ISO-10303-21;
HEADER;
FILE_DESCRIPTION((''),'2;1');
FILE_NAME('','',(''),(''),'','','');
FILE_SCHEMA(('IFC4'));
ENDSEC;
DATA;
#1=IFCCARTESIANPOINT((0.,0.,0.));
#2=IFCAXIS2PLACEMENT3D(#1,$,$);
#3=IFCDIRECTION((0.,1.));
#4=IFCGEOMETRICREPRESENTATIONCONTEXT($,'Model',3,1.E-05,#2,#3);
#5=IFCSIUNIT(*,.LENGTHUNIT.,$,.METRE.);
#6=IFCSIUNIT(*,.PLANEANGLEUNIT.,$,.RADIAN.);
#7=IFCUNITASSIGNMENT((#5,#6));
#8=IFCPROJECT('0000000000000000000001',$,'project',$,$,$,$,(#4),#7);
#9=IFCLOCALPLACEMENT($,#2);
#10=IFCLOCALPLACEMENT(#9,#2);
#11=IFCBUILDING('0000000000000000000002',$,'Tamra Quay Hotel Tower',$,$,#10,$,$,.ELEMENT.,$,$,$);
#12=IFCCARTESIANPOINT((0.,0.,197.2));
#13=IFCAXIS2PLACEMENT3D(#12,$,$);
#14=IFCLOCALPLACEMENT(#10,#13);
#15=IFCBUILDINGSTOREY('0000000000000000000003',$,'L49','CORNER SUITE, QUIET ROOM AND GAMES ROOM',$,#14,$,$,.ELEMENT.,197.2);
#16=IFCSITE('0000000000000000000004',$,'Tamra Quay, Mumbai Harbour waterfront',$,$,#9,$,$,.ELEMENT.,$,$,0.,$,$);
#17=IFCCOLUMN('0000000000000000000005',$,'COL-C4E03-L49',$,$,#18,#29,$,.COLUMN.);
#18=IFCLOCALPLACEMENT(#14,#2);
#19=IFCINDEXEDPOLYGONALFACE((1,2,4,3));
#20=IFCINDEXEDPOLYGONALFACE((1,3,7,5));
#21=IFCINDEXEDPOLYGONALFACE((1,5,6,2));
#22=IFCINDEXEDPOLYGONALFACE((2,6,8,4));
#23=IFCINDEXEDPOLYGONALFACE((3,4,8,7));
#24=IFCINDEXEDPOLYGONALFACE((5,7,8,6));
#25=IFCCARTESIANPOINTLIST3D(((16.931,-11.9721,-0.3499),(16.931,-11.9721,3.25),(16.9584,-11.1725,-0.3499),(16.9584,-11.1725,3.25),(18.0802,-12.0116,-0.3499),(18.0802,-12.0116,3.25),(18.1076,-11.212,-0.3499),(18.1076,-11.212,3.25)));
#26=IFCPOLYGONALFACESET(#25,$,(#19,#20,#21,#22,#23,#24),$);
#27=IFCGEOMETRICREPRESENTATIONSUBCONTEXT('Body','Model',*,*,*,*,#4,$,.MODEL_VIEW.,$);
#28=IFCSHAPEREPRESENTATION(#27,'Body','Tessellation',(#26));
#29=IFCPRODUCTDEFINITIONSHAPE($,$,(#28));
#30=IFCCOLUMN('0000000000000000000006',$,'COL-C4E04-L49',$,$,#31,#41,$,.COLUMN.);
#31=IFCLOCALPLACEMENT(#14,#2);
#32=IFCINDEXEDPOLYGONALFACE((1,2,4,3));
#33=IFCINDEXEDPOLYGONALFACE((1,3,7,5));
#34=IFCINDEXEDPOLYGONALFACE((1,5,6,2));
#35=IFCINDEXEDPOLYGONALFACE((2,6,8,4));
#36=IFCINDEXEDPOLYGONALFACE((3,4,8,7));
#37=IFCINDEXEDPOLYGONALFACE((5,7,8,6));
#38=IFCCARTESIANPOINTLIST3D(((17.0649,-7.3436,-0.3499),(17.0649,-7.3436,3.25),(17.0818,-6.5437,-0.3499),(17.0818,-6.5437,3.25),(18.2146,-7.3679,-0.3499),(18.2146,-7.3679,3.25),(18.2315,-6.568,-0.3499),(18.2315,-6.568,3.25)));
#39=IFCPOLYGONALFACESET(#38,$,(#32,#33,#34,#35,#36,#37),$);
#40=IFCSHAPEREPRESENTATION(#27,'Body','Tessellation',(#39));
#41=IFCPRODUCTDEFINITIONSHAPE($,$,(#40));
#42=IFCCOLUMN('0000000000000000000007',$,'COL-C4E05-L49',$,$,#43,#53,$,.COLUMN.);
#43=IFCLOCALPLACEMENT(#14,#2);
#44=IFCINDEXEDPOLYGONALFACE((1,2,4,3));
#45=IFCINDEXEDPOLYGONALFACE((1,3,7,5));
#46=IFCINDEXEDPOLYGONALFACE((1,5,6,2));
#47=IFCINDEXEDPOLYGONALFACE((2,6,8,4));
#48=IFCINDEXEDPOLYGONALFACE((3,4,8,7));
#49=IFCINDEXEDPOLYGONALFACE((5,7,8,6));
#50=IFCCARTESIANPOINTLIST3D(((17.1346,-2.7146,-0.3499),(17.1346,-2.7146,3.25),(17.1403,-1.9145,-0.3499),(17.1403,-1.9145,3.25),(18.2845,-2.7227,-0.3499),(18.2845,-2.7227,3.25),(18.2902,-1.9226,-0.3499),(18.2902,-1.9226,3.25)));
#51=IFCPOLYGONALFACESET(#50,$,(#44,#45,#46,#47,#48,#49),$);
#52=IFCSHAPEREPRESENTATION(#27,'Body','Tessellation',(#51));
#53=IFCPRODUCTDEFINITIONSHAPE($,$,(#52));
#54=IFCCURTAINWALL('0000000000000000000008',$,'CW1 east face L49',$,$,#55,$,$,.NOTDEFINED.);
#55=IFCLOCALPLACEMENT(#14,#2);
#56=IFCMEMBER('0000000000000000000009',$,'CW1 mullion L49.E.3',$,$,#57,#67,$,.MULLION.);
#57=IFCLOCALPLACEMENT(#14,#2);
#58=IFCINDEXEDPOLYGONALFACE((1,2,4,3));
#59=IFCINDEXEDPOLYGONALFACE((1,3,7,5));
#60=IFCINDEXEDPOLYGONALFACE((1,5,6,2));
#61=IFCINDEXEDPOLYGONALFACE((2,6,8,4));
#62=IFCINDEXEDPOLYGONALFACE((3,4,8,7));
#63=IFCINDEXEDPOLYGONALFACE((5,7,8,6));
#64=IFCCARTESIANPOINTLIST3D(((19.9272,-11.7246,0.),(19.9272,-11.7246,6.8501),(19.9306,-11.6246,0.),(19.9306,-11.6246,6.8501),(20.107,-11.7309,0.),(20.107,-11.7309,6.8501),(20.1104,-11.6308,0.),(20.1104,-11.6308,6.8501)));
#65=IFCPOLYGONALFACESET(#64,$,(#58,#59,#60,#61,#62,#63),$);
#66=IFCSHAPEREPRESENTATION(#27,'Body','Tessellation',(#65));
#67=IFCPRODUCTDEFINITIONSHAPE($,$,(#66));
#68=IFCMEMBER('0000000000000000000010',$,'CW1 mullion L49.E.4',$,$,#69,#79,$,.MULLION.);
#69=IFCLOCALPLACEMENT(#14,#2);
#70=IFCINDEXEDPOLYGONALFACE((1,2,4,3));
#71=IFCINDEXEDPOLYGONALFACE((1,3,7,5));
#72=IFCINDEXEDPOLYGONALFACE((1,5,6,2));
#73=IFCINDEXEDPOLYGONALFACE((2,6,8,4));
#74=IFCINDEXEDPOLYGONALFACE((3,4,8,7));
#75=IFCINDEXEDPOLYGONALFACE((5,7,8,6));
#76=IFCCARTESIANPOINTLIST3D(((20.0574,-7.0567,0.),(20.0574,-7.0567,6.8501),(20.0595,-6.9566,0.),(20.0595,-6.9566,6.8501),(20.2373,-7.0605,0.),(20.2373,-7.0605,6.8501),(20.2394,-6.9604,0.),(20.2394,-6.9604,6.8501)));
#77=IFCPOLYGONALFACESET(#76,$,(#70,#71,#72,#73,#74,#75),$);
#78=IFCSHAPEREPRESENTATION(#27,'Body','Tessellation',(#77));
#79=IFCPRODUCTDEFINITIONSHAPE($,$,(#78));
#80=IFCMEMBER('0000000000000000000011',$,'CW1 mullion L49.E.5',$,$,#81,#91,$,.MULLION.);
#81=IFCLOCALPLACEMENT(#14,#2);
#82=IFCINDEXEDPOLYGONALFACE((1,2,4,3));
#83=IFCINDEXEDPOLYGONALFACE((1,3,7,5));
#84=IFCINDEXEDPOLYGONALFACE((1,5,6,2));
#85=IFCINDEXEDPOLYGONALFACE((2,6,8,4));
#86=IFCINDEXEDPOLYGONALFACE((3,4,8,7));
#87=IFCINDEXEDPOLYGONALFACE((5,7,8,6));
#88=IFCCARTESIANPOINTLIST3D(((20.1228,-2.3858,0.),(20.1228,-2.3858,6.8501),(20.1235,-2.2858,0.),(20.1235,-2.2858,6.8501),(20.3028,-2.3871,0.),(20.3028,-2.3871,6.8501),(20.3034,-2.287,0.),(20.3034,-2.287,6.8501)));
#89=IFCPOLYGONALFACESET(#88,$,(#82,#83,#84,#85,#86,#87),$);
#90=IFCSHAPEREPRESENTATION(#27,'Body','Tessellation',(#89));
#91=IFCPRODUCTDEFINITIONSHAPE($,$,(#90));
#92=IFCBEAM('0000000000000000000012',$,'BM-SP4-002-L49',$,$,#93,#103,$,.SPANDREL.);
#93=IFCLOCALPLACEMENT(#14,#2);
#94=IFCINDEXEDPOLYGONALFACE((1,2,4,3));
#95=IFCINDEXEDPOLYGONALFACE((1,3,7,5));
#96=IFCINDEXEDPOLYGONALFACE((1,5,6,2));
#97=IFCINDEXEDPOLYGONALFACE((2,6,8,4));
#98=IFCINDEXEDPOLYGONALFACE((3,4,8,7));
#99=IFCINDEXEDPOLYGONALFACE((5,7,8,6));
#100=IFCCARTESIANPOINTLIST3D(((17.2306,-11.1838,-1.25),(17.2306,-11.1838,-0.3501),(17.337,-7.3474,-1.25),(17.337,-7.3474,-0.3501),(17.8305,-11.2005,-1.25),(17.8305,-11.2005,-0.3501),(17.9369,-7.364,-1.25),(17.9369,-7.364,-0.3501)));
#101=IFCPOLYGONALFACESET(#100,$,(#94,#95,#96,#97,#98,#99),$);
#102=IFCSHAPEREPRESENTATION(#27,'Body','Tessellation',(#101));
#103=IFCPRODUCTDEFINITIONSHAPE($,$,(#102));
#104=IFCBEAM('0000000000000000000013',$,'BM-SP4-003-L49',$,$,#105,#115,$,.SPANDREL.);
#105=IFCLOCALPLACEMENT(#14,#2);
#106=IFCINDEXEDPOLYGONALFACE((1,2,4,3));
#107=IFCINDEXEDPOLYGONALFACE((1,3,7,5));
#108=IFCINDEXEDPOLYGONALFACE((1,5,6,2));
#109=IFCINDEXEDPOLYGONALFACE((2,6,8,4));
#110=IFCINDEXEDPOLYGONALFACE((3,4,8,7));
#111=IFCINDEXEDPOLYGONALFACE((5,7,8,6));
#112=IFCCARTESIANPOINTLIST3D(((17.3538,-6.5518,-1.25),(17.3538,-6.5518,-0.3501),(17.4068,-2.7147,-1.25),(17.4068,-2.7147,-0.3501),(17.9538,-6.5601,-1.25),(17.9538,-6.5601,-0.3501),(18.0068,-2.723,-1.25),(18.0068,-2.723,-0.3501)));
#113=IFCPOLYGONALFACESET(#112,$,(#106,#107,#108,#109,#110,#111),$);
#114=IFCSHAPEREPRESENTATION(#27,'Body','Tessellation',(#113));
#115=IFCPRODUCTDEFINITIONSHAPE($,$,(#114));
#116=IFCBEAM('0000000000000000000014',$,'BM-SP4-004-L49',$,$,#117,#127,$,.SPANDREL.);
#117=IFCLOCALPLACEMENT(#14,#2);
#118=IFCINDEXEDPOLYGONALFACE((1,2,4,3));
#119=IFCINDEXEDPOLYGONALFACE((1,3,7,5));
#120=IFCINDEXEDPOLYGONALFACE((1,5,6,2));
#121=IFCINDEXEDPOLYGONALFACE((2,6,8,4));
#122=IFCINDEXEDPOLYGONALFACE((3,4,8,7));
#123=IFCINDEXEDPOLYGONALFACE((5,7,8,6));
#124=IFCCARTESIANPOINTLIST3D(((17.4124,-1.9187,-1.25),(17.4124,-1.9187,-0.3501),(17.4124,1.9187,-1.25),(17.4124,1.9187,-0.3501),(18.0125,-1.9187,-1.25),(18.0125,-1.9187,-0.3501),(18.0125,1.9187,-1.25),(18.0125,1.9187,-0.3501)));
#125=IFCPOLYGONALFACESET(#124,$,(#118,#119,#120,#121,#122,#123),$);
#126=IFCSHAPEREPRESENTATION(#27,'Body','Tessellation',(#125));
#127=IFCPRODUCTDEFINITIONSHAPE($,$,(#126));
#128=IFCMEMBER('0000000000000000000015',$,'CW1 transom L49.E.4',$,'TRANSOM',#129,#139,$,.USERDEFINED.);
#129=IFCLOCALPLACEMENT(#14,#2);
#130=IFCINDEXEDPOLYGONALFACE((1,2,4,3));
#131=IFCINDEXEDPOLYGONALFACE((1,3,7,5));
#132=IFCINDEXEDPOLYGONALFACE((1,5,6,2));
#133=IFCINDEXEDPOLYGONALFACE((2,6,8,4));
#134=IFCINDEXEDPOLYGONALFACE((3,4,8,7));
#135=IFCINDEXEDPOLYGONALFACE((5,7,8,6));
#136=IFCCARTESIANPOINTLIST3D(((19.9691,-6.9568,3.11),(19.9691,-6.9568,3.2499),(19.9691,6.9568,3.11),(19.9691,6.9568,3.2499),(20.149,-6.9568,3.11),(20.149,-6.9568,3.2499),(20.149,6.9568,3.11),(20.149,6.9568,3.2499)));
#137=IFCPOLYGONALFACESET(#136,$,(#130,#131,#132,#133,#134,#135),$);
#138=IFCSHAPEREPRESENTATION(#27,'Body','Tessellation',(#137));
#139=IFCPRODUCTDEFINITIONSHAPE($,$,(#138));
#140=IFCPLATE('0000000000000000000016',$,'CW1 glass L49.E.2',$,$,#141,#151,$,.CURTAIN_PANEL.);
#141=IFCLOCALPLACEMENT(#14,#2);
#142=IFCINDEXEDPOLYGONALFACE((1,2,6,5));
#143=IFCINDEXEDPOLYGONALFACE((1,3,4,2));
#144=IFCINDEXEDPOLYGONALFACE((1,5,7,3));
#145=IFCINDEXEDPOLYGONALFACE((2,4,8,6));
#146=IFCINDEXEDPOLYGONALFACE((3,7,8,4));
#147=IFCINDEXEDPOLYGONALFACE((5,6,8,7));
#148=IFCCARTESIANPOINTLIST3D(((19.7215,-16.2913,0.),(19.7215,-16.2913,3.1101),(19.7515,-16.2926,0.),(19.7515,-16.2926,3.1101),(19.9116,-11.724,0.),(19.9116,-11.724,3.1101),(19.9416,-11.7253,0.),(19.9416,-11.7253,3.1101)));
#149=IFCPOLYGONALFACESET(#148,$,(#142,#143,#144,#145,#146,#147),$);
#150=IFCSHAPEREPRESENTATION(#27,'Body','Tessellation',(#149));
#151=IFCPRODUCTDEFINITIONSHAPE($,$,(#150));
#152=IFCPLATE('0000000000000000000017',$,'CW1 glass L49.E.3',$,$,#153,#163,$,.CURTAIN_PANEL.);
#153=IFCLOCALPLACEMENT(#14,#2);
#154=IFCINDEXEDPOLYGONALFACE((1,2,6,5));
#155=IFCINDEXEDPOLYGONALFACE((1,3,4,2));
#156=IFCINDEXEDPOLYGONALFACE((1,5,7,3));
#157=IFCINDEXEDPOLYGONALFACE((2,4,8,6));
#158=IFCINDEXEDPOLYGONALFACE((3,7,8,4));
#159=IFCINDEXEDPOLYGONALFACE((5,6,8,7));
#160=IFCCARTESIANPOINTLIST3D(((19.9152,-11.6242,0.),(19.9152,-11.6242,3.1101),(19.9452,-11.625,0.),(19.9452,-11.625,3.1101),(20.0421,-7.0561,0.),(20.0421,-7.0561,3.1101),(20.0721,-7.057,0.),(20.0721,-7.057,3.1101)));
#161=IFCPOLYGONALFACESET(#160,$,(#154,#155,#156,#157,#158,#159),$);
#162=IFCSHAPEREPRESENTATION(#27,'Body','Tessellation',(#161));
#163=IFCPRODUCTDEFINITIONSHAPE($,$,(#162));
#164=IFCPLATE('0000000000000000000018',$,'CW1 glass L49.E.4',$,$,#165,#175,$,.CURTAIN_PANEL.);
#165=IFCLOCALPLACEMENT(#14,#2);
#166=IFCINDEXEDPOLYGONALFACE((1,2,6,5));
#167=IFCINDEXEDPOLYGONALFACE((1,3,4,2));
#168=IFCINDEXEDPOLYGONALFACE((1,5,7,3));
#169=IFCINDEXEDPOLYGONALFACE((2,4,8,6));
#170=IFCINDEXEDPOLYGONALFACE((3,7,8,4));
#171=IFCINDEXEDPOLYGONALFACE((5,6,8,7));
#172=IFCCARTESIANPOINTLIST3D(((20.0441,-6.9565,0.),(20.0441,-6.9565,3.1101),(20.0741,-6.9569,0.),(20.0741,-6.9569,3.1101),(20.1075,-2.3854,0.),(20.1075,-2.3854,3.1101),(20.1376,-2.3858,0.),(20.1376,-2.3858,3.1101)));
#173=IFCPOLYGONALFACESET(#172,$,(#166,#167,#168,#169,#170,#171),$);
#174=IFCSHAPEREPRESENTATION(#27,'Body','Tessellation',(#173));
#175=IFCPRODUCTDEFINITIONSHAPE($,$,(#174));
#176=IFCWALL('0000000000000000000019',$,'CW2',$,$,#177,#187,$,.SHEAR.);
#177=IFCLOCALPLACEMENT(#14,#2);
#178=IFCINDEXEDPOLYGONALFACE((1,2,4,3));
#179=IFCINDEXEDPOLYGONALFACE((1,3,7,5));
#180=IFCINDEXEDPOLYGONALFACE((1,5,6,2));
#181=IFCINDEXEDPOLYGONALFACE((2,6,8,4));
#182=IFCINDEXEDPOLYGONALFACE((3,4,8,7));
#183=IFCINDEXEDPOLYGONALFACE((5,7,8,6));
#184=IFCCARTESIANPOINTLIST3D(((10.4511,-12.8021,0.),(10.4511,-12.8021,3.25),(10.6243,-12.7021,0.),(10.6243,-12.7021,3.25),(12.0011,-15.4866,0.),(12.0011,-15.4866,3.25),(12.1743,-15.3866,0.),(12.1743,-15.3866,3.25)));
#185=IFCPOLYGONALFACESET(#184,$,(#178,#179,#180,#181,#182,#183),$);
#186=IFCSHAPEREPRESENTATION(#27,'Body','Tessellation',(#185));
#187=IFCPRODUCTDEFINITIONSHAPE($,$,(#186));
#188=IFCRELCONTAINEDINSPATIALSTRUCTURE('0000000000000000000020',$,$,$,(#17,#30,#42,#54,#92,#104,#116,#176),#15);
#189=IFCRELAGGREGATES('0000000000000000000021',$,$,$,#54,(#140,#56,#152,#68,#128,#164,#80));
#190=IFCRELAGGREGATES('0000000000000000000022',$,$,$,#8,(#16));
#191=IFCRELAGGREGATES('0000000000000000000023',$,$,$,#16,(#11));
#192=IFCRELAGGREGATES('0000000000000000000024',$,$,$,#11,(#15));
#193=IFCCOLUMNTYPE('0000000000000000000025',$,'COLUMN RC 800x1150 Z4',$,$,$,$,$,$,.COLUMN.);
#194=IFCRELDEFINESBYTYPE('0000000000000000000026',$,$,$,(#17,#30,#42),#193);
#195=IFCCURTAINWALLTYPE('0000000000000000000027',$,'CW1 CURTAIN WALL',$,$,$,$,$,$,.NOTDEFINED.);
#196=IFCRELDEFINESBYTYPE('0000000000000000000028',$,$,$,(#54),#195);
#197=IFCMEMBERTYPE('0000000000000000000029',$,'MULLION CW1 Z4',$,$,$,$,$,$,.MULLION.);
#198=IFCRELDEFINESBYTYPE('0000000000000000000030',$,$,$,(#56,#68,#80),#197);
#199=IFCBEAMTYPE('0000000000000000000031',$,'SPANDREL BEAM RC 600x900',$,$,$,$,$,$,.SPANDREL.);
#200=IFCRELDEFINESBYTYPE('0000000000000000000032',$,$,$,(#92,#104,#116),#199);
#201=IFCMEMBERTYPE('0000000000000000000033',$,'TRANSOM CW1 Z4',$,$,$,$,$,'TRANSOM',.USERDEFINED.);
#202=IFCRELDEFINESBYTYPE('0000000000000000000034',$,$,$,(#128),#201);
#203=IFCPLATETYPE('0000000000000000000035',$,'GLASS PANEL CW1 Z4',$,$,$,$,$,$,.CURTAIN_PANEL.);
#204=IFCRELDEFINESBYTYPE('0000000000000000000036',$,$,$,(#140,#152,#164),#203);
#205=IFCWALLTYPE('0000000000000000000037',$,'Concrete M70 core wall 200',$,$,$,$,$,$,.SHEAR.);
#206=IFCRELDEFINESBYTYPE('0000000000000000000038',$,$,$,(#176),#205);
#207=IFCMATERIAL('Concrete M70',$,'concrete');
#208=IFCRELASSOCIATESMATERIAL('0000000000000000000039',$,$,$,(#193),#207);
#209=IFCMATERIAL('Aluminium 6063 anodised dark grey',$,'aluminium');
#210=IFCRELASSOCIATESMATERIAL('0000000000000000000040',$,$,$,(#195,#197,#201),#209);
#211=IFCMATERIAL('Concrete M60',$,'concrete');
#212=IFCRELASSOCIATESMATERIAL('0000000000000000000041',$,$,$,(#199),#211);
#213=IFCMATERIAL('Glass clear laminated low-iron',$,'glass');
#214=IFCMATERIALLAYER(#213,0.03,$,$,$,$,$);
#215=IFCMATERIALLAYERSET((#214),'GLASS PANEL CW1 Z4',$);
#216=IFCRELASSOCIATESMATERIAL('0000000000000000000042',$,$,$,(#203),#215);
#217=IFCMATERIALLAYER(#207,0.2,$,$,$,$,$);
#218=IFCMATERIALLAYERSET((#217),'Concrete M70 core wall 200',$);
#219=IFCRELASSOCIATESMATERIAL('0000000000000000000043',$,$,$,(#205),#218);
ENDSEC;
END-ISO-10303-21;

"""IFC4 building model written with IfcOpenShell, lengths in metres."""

from ifc_helpers import new_model, si_unit, direction, frame, frame_2d, origin, origin_2d, place, context, subcontext, project, spatial, rectangle, extrude, material, layer, layer_set, material_profile, profile_set, type_object, element, aggregate, save


model = new_model("IFC4")

# Units and contexts
model_context = context("Model", 3, precision=1e-05, world=origin(), true_north=direction((0.0, 1.0)))
body_context = subcontext(model_context, "Body", "Model", "MODEL_VIEW")
ifc_project = project(units=[si_unit("LENGTHUNIT", "METRE"), si_unit("PLANEANGLEUNIT", "RADIAN")], contexts=[model_context])

# Site, building, storey
site_placement = place(None, origin())
site = spatial("IfcSite", under=ifc_project, at=site_placement, Name="Tamra Quay, Mumbai Harbour waterfront", CompositionType="ELEMENT", RefElevation=0.0)
building_placement = place(site_placement, origin())
building = spatial("IfcBuilding", under=site, at=building_placement, Name="Tamra Quay Hotel Tower", CompositionType="ELEMENT")
storey_placement = place(building_placement, frame((0.0, 0.0, 197.2)))
storey = spatial("IfcBuildingStorey", under=building, at=storey_placement, Name="L49", Description="CORNER SUITE, QUIET ROOM AND GAMES ROOM", CompositionType="ELEMENT", Elevation=197.2)

# Columns
ifc_material_1 = material(Name="Concrete M70", Category="concrete")
ifc_material_profile_1 = material_profile(ifc_material_1, rectangle(XDim=1.1499, YDim=0.8, at=origin_2d()), Name="COLUMN RC 800x1150 Z4")
ifc_profile_set_1 = profile_set([ifc_material_profile_1], Name="Concrete M70")
column_type = type_object("IfcColumnType", Name="COLUMN RC 800x1150 Z4", PredefinedType="COLUMN", material=ifc_profile_set_1)
for number, where, z_axis, x_axis, name in (
    (1, (17.5193, -11.592, -0.3499), (0.0, 0.0, 1.0), (-0.999412, 0.034299, 0.0), "COL-C4E03-L49"),
    (2, (17.6482, -6.9558, -0.3499), (0.0, 0.0, 1.0), (-0.999777, 0.021115, 0.0), "COL-C4E04-L49"),
    (3, (17.7124, -2.3186, -0.3499), (0.0, 0.0, 1.0), (-0.999975, 0.007041, 0.0), "COL-C4E05-L49"),
):
    element("IfcColumn", number, at=place(storey_placement, frame(where, z_axis=z_axis, x_axis=x_axis)), inside=storey, type_object=column_type, Name=name, PredefinedType="COLUMN", context=body_context, shape_type="SweptSolid", body=[
        extrude(rectangle(XDim=1.1499, YDim=0.8, at=origin_2d()), origin(), (0.0, 0.0, 1.0), 3.5999),
    ])

# Curtain wall, members
ifc_material_2 = material(Name="Aluminium 6063 anodised dark grey", Category="aluminium")
curtain_wall_type = type_object("IfcCurtainWallType", Name="CW1 CURTAIN WALL", PredefinedType="NOTDEFINED", material=ifc_material_2)
curtain_wall_placement = place(storey_placement, origin())
curtain_wall = element("IfcCurtainWall", 4, at=curtain_wall_placement, inside=storey, type_object=curtain_wall_type, Name="CW1 east face L49", PredefinedType="NOTDEFINED")
ifc_material_profile_2 = material_profile(ifc_material_2, rectangle(XDim=0.1799, YDim=0.1001, at=origin_2d()), Name="MULLION 100X180")
ifc_profile_set_2 = profile_set([ifc_material_profile_2], Name="Aluminium 6063 anodised dark grey")
member_type_1 = type_object("IfcMemberType", Name="MULLION CW1 Z4", PredefinedType="MULLION", material=ifc_profile_set_2)
member_1_placement = place(storey_placement, frame((20.0188, -11.6777, 0.0), z_axis=(0.0, 0.0, 1.0), x_axis=(0.999399, -0.034677, 0.0)))
member_1 = element("IfcMember", 5, at=member_1_placement, type_object=member_type_1, Name="CW1 mullion L49.E.3", PredefinedType="MULLION", context=body_context, shape_type="SweptSolid", body=[
    extrude(rectangle(XDim=0.1799, YDim=0.1001, at=origin_2d()), origin(), (0.0, 0.0, 1.0), 6.8501),
])
member_2_placement = place(storey_placement, frame((20.1484, -7.0085, 0.0), z_axis=(0.0, 0.0, 1.0), x_axis=(0.999783, -0.020821, 0.0)))
member_2 = element("IfcMember", 6, at=member_2_placement, type_object=member_type_1, Name="CW1 mullion L49.E.4", PredefinedType="MULLION", context=body_context, shape_type="SweptSolid", body=[
    extrude(rectangle(XDim=0.1799, YDim=0.1001, at=origin_2d()), origin(), (0.0, 0.0, 1.0), 6.8501),
])
member_3_placement = place(storey_placement, frame((20.2131, -2.3364, 0.0), z_axis=(0.0, 0.0, 1.0), x_axis=(0.999976, -0.006943, 0.0)))
member_3 = element("IfcMember", 7, at=member_3_placement, type_object=member_type_1, Name="CW1 mullion L49.E.5", PredefinedType="MULLION", context=body_context, shape_type="SweptSolid", body=[
    extrude(rectangle(XDim=0.1799, YDim=0.1001, at=origin_2d()), origin(), (0.0, 0.0, 1.0), 6.8501),
])

# Beams
ifc_material_3 = material(Name="Concrete M60", Category="concrete")
ifc_material_profile_3 = material_profile(ifc_material_3, rectangle(XDim=0.6001, YDim=0.8999, at=origin_2d()), Name="SPANDREL BEAM RC 600x900")
ifc_profile_set_3 = profile_set([ifc_material_profile_3], Name="Concrete M60")
beam_type = type_object("IfcBeamType", Name="SPANDREL BEAM RC 600x900", PredefinedType="SPANDREL", material=ifc_profile_set_3)
beam_placement = place(storey_placement, frame((17.5305, -11.1921, -0.8), z_axis=(0.027735, 0.999615, 0.0), x_axis=(-0.999615, 0.027735, 0.0)))
element("IfcBeam", 8, at=beam_placement, inside=storey, type_object=beam_type, Name="BM-SP4-002-L49", PredefinedType="SPANDREL", context=body_context, shape_type="SweptSolid", body=[
    extrude(rectangle(XDim=0.6001, YDim=0.8999, at=origin_2d()), origin(), (0.0, 0.0, 1.0), 3.8379),
])
for number, where, z_axis, x_axis, name in (
    (9, (17.6538, -6.5559, -0.8), (0.013805, 0.999905, 0.0), (-0.999905, 0.013805, 0.0), "BM-SP4-003-L49"),
    (10, (17.7124, -1.9187, -0.8), (0.0, 1.0, 0.0), (-1.0, 0.0, 0.0), "BM-SP4-004-L49"),
):
    element("IfcBeam", number, at=place(storey_placement, frame(where, z_axis=z_axis, x_axis=x_axis)), inside=storey, type_object=beam_type, Name=name, PredefinedType="SPANDREL", context=body_context, shape_type="SweptSolid", body=[
        extrude(rectangle(XDim=0.6001, YDim=0.8999, at=origin_2d()), origin(), (0.0, 0.0, 1.0), 3.8374),
    ])

# Member
ifc_material_profile_4 = material_profile(ifc_material_2, rectangle(XDim=0.1799, YDim=0.1399, at=origin_2d()), Name="TRANSOM 180X140")
ifc_profile_set_4 = profile_set([ifc_material_profile_4], Name="Aluminium 6063 anodised dark grey")
member_type_2 = type_object("IfcMemberType", Name="TRANSOM CW1 Z4", ElementType="TRANSOM", PredefinedType="USERDEFINED", material=ifc_profile_set_4)
member_4_placement = place(storey_placement, frame((20.0591, -6.9568, 3.1799), z_axis=(0.0, 1.0, 0.0), x_axis=(-1.0, 0.0, 0.0)))
member_4 = element("IfcMember", 11, at=member_4_placement, type_object=member_type_2, Name="CW1 transom L49.E.4", ObjectType="TRANSOM", PredefinedType="USERDEFINED", context=body_context, shape_type="SweptSolid", body=[
    extrude(rectangle(XDim=0.1799, YDim=0.1399, at=origin_2d()), origin(), (0.0, 0.0, 1.0), 13.9136),
])

# Plates
ifc_material_4 = material(Name="Glass clear laminated low-iron", Category="glass")
ifc_layer_1 = layer(ifc_material_4, 0.03)
ifc_layer_set_1 = layer_set([ifc_layer_1], Name="GLASS PANEL CW1 Z4")
plate_type = type_object("IfcPlateType", Name="GLASS PANEL CW1 Z4", PredefinedType="CURTAIN_PANEL", material=ifc_layer_set_1)
plate_1_placement = place(storey_placement, frame((19.8315, -14.0083, 0.0), z_axis=(0.0, 0.0, 1.0), x_axis=(0.041599, 0.999134, 0.0)))
plate_1 = element("IfcPlate", 12, at=plate_1_placement, type_object=plate_type, Name="CW1 glass L49.E.2", PredefinedType="CURTAIN_PANEL", context=body_context, shape_type="SweptSolid", body=[
    extrude(rectangle(XDim=4.5713, YDim=0.03, at=origin_2d()), origin(), (0.0, 0.0, 1.0), 3.1101),
])
plate_2_placement = place(storey_placement, frame((19.9937, -9.3406, 0.0), z_axis=(0.0, 0.0, 1.0), x_axis=(0.027754, 0.999615, 0.0)))
plate_2 = element("IfcPlate", 13, at=plate_2_placement, type_object=plate_type, Name="CW1 glass L49.E.3", PredefinedType="CURTAIN_PANEL", context=body_context, shape_type="SweptSolid", body=[
    extrude(rectangle(XDim=4.5698, YDim=0.03, at=origin_2d()), origin(), (0.0, 0.0, 1.0), 3.1101),
])
plate_3_placement = place(storey_placement, frame((20.0908, -4.6711, 0.0), z_axis=(0.0, 0.0, 1.0), x_axis=(0.013886, 0.999904, 0.0)))
plate_3 = element("IfcPlate", 14, at=plate_3_placement, type_object=plate_type, Name="CW1 glass L49.E.4", PredefinedType="CURTAIN_PANEL", context=body_context, shape_type="SweptSolid", body=[
    extrude(rectangle(XDim=4.5715, YDim=0.03, at=origin_2d()), origin(), (0.0, 0.0, 1.0), 3.1101),
])
aggregate(curtain_wall, [plate_1, member_1, plate_2, member_2, member_4, plate_3, member_3])

# Wall
ifc_layer_2 = layer(ifc_material_1, 0.2)
ifc_layer_set_2 = layer_set([ifc_layer_2], Name="Concrete M70 core wall 200")
wall_type_1 = type_object("IfcWallType", Name="Concrete M70 core wall 200", PredefinedType="SHEAR", material=ifc_layer_set_2)
wall_1_placement = place(storey_placement, frame((12.0876, -15.4365, 0.0), z_axis=(0.0, 0.0, 1.0), x_axis=(-0.500027, 0.86601, 0.0)))
element("IfcWall", 15, at=wall_1_placement, inside=storey, type_object=wall_type_1, Name="CW2", PredefinedType="SHEAR", context=body_context, shape_type="SweptSolid", body=[
    extrude(rectangle(XDim=3.0999, YDim=0.2, at=frame_2d((1.5498, 0.0))), origin(), (0.0, 0.0, 1.0), 3.25),
])

save(model, "model.ifc")
